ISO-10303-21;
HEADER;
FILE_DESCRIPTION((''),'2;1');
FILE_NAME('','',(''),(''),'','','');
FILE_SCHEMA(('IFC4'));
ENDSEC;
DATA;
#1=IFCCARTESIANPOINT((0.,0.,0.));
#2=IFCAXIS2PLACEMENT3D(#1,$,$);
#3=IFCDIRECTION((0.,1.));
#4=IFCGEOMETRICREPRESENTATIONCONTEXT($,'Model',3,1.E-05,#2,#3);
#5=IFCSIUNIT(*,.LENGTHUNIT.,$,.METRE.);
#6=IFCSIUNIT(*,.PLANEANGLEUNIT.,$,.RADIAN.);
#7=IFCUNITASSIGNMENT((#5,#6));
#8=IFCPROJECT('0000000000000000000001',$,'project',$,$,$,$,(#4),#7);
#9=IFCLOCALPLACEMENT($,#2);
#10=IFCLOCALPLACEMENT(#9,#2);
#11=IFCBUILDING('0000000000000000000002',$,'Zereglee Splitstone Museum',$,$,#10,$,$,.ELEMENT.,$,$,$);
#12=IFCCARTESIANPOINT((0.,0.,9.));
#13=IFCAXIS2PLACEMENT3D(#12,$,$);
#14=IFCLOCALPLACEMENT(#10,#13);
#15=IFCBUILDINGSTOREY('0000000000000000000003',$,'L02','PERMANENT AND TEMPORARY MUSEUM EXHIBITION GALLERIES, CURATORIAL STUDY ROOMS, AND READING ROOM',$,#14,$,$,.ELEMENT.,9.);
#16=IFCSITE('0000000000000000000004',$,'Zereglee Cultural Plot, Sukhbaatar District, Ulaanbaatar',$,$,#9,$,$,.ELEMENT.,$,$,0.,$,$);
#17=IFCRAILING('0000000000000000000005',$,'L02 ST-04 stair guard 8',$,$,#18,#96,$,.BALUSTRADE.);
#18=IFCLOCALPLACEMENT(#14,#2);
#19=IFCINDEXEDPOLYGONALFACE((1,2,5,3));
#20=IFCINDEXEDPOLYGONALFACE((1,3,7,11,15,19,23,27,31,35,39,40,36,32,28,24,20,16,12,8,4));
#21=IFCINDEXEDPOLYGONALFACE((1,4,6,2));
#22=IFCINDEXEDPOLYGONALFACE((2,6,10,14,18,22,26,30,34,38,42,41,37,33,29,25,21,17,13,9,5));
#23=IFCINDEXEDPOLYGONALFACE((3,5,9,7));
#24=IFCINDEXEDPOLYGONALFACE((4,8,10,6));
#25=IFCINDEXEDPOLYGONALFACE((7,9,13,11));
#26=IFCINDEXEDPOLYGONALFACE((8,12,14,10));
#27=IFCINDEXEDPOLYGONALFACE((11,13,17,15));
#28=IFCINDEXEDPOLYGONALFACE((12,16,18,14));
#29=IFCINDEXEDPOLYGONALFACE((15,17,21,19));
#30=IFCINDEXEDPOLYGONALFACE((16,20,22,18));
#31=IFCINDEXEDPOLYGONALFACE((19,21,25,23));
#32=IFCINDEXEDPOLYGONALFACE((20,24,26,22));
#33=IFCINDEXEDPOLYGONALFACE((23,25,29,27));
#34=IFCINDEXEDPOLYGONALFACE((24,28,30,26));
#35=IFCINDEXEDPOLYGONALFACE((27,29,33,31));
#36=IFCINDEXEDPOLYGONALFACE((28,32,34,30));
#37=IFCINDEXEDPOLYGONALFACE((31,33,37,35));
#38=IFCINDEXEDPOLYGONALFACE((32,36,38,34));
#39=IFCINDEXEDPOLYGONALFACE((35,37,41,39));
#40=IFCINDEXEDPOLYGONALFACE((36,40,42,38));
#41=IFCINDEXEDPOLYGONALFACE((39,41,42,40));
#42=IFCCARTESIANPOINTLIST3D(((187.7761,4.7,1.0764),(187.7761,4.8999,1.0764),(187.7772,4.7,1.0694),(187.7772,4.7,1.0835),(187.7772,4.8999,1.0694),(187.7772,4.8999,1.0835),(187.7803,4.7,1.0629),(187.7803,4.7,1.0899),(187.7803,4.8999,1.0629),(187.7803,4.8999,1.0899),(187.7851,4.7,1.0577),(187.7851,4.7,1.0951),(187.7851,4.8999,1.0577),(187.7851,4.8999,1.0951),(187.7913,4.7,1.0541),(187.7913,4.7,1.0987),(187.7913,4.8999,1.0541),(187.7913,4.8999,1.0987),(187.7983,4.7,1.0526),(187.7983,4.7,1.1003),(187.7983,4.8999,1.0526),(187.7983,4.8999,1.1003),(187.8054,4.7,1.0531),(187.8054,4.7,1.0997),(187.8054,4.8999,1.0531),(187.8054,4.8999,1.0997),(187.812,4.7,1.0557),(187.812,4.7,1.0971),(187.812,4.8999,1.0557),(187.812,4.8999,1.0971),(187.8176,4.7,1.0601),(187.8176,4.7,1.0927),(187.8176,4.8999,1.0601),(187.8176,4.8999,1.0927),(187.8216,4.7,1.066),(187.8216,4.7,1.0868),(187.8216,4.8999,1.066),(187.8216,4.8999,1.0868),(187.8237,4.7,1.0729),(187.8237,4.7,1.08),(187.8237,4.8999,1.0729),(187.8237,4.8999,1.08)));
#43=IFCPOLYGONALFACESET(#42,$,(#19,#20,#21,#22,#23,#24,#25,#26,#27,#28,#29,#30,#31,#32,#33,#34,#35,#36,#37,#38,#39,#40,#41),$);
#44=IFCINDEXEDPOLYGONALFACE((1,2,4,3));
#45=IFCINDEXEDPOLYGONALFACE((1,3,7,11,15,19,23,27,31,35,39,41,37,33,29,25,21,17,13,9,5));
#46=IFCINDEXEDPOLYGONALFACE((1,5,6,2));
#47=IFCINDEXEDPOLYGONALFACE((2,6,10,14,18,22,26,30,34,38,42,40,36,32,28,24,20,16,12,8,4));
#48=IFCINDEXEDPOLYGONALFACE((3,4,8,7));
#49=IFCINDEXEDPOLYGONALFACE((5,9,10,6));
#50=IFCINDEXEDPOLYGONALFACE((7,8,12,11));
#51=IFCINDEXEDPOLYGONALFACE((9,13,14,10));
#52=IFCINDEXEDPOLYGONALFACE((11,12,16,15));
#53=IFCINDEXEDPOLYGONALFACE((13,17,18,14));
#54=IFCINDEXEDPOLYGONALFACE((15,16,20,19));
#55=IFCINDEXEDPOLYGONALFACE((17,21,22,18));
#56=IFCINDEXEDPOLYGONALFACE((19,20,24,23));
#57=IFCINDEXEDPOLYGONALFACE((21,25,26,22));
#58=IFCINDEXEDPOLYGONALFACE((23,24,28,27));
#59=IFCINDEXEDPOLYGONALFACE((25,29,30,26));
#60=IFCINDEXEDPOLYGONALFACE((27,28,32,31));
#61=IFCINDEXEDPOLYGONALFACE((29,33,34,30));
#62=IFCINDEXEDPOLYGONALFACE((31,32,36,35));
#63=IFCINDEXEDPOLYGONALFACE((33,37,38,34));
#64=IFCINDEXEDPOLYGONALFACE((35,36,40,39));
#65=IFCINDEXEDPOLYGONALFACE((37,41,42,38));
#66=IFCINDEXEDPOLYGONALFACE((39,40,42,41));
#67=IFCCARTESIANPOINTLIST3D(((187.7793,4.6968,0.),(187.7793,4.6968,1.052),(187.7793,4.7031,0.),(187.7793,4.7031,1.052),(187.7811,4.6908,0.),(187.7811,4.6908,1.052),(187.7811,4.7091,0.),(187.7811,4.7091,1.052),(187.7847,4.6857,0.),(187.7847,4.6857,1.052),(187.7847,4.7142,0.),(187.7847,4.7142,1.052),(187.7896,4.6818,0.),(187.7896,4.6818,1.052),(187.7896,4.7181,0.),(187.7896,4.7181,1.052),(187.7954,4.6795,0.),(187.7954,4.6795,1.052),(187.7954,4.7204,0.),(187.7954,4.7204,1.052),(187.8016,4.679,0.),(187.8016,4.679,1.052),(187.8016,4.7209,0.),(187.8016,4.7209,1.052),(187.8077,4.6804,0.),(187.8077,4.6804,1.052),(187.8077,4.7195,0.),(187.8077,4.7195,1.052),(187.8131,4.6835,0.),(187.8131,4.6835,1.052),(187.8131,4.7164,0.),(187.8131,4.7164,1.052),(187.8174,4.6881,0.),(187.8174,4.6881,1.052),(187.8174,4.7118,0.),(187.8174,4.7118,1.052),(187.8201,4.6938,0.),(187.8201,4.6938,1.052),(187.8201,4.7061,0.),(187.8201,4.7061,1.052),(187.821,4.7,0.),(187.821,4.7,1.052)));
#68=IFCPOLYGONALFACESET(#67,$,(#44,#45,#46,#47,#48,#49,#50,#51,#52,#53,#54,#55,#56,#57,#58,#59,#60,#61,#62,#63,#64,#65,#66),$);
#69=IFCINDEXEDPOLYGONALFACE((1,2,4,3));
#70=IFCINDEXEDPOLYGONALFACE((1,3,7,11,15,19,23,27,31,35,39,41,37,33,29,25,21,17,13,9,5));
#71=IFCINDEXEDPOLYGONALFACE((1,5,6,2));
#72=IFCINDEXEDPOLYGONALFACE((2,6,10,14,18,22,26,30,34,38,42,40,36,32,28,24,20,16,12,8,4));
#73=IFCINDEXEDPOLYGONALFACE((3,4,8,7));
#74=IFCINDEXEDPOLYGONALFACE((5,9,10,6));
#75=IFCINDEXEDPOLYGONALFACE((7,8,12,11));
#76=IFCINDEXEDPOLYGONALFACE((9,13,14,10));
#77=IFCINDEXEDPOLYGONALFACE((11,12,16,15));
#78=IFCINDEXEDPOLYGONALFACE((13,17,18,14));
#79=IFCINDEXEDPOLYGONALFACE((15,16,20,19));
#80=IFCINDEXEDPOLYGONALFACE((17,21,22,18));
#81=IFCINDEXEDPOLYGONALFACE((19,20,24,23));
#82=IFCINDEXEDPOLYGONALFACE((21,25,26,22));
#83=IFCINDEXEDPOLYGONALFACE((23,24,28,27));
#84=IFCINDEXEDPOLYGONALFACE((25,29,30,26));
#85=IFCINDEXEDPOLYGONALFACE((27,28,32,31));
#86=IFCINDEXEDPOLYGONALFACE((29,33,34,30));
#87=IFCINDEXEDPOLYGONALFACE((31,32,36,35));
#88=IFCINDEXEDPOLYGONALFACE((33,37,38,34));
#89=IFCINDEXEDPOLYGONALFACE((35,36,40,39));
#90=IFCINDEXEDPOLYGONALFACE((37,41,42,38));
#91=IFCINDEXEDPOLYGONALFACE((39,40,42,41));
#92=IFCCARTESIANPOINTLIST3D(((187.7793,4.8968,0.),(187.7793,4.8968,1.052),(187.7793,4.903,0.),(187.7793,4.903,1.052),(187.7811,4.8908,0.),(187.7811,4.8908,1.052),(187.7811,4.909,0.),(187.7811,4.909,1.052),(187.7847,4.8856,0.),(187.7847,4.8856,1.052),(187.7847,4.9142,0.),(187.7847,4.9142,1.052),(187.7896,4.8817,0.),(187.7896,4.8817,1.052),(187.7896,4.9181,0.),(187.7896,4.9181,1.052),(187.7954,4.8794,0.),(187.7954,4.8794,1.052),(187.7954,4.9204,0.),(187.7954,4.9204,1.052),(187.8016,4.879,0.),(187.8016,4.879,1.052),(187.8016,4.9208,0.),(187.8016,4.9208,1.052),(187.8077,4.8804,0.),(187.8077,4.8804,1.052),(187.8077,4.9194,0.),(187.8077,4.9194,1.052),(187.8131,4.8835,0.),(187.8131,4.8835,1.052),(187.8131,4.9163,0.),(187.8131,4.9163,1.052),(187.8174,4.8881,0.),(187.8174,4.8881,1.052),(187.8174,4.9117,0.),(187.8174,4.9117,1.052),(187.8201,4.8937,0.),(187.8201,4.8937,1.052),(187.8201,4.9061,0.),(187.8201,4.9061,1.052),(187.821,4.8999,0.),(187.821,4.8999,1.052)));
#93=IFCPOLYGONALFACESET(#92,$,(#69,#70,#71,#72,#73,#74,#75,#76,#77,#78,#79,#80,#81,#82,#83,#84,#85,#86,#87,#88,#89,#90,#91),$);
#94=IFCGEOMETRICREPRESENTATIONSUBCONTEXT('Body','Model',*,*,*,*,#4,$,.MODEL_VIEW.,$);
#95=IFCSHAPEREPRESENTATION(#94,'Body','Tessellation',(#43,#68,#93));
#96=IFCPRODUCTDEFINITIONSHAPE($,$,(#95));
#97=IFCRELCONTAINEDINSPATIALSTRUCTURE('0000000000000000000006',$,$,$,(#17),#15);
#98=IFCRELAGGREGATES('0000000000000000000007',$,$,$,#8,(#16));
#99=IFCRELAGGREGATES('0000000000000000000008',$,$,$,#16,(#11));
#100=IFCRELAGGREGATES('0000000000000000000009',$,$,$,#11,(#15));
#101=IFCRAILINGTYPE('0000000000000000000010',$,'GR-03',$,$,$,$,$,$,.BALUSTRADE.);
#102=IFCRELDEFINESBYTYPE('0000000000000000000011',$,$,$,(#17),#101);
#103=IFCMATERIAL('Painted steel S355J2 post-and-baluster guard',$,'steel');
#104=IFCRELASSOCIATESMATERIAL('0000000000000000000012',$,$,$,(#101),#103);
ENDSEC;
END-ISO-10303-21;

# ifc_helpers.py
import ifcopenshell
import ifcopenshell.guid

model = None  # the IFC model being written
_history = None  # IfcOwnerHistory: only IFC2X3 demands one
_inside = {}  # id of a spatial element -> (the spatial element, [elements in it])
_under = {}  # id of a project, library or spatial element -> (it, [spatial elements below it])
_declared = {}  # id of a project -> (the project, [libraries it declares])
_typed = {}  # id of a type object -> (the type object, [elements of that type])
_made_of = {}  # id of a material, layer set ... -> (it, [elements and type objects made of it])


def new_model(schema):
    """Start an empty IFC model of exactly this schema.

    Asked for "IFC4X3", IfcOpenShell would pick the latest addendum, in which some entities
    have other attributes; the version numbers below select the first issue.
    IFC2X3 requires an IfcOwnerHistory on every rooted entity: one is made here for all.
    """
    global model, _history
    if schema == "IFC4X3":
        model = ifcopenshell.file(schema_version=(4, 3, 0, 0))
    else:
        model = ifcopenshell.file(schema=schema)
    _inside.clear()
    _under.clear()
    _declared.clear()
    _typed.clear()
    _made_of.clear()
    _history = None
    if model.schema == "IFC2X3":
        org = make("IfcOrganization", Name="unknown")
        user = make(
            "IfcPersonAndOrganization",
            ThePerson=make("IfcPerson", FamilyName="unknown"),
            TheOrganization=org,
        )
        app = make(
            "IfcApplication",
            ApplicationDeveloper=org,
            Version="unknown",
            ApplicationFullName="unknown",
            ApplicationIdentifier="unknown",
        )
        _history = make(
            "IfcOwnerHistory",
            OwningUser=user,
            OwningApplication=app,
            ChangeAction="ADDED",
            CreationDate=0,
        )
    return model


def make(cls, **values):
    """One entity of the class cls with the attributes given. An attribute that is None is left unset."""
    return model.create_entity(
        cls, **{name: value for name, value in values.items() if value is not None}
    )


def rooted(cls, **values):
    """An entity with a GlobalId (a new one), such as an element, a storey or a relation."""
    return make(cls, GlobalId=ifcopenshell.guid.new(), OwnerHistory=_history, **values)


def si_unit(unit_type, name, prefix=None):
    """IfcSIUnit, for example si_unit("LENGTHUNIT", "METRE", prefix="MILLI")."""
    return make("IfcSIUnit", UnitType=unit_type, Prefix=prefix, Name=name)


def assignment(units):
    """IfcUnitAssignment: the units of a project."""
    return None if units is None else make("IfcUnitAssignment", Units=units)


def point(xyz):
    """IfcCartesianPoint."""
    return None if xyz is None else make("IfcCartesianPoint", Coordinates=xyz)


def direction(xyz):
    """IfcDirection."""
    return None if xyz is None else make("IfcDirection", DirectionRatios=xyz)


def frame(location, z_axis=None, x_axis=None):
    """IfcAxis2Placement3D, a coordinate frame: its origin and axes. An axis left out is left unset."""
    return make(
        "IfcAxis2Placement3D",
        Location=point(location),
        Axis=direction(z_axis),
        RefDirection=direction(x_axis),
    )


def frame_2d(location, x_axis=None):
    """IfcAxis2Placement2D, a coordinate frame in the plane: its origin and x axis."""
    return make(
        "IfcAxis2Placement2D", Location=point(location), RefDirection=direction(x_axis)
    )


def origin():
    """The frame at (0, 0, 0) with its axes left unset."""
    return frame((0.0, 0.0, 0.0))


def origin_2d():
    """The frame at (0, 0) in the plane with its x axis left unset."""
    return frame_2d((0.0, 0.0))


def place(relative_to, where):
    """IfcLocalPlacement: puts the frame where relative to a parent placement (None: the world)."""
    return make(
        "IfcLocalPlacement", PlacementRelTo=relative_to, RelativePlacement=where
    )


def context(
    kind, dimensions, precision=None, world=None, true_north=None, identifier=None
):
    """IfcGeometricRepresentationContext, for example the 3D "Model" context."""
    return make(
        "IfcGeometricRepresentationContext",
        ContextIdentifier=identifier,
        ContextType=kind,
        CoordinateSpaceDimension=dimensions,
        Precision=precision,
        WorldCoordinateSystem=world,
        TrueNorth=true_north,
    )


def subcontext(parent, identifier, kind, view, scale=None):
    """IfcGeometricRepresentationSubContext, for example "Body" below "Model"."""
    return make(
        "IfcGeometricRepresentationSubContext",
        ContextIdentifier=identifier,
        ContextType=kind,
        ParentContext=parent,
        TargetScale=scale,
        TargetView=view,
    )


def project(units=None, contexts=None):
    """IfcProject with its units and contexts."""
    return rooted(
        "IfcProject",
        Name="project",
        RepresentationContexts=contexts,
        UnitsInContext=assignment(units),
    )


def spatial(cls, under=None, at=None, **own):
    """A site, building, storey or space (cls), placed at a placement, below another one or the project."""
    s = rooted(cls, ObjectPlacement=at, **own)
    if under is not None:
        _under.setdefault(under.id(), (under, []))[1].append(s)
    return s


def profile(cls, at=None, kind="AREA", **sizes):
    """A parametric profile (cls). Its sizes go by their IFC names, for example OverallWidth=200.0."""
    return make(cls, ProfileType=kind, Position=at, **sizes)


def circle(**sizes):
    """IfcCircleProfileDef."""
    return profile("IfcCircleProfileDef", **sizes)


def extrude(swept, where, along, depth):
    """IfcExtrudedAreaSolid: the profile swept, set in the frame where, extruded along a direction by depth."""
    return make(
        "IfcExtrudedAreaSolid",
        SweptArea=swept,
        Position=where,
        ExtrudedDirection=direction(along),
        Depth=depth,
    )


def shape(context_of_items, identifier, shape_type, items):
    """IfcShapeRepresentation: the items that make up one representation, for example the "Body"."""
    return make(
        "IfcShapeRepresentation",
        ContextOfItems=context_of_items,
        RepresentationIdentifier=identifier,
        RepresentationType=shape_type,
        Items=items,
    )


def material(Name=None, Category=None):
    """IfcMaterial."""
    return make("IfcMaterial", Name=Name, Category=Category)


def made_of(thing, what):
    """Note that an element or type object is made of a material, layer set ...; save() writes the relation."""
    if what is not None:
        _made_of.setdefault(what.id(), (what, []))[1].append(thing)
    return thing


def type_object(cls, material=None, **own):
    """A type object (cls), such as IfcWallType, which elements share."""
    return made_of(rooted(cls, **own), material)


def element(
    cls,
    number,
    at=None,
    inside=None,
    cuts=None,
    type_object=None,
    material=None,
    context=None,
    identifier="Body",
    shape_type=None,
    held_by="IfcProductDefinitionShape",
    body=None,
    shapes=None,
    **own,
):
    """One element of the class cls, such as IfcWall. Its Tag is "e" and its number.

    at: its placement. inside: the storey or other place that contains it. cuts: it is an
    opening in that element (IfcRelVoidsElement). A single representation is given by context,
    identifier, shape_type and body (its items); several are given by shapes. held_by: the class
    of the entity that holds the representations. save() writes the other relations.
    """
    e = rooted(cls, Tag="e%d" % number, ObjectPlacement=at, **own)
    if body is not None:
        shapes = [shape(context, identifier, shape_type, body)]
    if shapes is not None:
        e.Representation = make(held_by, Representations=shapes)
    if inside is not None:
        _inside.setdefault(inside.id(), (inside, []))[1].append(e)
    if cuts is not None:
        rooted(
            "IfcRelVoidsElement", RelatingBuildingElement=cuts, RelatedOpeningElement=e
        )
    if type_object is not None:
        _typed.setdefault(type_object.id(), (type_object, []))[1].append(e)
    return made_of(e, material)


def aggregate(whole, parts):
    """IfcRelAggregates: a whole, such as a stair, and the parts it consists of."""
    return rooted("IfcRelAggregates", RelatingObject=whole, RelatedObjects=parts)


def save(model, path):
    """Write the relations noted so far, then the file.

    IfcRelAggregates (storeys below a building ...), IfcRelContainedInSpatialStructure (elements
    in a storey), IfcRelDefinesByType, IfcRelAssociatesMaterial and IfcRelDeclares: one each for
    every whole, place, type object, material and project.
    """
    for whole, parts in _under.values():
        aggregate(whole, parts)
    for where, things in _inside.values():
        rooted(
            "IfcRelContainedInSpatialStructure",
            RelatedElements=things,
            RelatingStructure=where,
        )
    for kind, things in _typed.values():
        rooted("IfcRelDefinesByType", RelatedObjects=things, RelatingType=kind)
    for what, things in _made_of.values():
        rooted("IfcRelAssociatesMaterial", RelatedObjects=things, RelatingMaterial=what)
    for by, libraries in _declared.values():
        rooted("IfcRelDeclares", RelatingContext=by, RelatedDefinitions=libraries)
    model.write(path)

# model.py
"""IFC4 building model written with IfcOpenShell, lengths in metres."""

from ifc_helpers import new_model, si_unit, direction, frame, origin, origin_2d, place, context, subcontext, project, spatial, circle, extrude, material, type_object, element, save


model = new_model("IFC4")

# Units and contexts
model_context = context("Model", 3, precision=1e-05, world=origin(), true_north=direction((0.0, 1.0)))
body_context = subcontext(model_context, "Body", "Model", "MODEL_VIEW")
ifc_project = project(units=[si_unit("LENGTHUNIT", "METRE"), si_unit("PLANEANGLEUNIT", "RADIAN")], contexts=[model_context])

# Site, building, storey
site_placement = place(None, origin())
site = spatial("IfcSite", under=ifc_project, at=site_placement, Name="Zereglee Cultural Plot, Sukhbaatar District, Ulaanbaatar", CompositionType="ELEMENT", RefElevation=0.0)
building_placement = place(site_placement, origin())
building = spatial("IfcBuilding", under=site, at=building_placement, Name="Zereglee Splitstone Museum", CompositionType="ELEMENT")
storey_placement = place(building_placement, frame((0.0, 0.0, 9.0)))
storey = spatial("IfcBuildingStorey", under=building, at=storey_placement, Name="L02", Description="PERMANENT AND TEMPORARY MUSEUM EXHIBITION GALLERIES, CURATORIAL STUDY ROOMS, AND READING ROOM", CompositionType="ELEMENT", Elevation=9.0)

# Railing
ifc_material_1 = material(Name="Painted steel S355J2 post-and-baluster guard", Category="steel")
railing_type_1 = type_object("IfcRailingType", Name="GR-03", PredefinedType="BALUSTRADE", material=ifc_material_1)
railing_1_placement = place(storey_placement, frame((187.8, 4.7, 0.0)))
element("IfcRailing", 1, at=railing_1_placement, inside=storey, type_object=railing_type_1, Name="L02 ST-04 stair guard 8", PredefinedType="BALUSTRADE", context=body_context, shape_type="SweptSolid", body=[
    extrude(circle(Radius=0.0239, at=origin_2d()), frame((0.0, 0.0, 1.0764), z_axis=(0.0, 1.0, 0.0), x_axis=(-1.0, 0.0, 0.0)), (0.0, 0.0, 1.0), 0.2),
    extrude(circle(Radius=0.021, at=origin_2d()), origin(), (0.0, 0.0, 1.0), 1.052),
    extrude(circle(Radius=0.021, at=origin_2d()), frame((0.0, 0.2, 0.0)), (0.0, 0.0, 1.0), 1.052),
])

save(model, "model.ifc")
